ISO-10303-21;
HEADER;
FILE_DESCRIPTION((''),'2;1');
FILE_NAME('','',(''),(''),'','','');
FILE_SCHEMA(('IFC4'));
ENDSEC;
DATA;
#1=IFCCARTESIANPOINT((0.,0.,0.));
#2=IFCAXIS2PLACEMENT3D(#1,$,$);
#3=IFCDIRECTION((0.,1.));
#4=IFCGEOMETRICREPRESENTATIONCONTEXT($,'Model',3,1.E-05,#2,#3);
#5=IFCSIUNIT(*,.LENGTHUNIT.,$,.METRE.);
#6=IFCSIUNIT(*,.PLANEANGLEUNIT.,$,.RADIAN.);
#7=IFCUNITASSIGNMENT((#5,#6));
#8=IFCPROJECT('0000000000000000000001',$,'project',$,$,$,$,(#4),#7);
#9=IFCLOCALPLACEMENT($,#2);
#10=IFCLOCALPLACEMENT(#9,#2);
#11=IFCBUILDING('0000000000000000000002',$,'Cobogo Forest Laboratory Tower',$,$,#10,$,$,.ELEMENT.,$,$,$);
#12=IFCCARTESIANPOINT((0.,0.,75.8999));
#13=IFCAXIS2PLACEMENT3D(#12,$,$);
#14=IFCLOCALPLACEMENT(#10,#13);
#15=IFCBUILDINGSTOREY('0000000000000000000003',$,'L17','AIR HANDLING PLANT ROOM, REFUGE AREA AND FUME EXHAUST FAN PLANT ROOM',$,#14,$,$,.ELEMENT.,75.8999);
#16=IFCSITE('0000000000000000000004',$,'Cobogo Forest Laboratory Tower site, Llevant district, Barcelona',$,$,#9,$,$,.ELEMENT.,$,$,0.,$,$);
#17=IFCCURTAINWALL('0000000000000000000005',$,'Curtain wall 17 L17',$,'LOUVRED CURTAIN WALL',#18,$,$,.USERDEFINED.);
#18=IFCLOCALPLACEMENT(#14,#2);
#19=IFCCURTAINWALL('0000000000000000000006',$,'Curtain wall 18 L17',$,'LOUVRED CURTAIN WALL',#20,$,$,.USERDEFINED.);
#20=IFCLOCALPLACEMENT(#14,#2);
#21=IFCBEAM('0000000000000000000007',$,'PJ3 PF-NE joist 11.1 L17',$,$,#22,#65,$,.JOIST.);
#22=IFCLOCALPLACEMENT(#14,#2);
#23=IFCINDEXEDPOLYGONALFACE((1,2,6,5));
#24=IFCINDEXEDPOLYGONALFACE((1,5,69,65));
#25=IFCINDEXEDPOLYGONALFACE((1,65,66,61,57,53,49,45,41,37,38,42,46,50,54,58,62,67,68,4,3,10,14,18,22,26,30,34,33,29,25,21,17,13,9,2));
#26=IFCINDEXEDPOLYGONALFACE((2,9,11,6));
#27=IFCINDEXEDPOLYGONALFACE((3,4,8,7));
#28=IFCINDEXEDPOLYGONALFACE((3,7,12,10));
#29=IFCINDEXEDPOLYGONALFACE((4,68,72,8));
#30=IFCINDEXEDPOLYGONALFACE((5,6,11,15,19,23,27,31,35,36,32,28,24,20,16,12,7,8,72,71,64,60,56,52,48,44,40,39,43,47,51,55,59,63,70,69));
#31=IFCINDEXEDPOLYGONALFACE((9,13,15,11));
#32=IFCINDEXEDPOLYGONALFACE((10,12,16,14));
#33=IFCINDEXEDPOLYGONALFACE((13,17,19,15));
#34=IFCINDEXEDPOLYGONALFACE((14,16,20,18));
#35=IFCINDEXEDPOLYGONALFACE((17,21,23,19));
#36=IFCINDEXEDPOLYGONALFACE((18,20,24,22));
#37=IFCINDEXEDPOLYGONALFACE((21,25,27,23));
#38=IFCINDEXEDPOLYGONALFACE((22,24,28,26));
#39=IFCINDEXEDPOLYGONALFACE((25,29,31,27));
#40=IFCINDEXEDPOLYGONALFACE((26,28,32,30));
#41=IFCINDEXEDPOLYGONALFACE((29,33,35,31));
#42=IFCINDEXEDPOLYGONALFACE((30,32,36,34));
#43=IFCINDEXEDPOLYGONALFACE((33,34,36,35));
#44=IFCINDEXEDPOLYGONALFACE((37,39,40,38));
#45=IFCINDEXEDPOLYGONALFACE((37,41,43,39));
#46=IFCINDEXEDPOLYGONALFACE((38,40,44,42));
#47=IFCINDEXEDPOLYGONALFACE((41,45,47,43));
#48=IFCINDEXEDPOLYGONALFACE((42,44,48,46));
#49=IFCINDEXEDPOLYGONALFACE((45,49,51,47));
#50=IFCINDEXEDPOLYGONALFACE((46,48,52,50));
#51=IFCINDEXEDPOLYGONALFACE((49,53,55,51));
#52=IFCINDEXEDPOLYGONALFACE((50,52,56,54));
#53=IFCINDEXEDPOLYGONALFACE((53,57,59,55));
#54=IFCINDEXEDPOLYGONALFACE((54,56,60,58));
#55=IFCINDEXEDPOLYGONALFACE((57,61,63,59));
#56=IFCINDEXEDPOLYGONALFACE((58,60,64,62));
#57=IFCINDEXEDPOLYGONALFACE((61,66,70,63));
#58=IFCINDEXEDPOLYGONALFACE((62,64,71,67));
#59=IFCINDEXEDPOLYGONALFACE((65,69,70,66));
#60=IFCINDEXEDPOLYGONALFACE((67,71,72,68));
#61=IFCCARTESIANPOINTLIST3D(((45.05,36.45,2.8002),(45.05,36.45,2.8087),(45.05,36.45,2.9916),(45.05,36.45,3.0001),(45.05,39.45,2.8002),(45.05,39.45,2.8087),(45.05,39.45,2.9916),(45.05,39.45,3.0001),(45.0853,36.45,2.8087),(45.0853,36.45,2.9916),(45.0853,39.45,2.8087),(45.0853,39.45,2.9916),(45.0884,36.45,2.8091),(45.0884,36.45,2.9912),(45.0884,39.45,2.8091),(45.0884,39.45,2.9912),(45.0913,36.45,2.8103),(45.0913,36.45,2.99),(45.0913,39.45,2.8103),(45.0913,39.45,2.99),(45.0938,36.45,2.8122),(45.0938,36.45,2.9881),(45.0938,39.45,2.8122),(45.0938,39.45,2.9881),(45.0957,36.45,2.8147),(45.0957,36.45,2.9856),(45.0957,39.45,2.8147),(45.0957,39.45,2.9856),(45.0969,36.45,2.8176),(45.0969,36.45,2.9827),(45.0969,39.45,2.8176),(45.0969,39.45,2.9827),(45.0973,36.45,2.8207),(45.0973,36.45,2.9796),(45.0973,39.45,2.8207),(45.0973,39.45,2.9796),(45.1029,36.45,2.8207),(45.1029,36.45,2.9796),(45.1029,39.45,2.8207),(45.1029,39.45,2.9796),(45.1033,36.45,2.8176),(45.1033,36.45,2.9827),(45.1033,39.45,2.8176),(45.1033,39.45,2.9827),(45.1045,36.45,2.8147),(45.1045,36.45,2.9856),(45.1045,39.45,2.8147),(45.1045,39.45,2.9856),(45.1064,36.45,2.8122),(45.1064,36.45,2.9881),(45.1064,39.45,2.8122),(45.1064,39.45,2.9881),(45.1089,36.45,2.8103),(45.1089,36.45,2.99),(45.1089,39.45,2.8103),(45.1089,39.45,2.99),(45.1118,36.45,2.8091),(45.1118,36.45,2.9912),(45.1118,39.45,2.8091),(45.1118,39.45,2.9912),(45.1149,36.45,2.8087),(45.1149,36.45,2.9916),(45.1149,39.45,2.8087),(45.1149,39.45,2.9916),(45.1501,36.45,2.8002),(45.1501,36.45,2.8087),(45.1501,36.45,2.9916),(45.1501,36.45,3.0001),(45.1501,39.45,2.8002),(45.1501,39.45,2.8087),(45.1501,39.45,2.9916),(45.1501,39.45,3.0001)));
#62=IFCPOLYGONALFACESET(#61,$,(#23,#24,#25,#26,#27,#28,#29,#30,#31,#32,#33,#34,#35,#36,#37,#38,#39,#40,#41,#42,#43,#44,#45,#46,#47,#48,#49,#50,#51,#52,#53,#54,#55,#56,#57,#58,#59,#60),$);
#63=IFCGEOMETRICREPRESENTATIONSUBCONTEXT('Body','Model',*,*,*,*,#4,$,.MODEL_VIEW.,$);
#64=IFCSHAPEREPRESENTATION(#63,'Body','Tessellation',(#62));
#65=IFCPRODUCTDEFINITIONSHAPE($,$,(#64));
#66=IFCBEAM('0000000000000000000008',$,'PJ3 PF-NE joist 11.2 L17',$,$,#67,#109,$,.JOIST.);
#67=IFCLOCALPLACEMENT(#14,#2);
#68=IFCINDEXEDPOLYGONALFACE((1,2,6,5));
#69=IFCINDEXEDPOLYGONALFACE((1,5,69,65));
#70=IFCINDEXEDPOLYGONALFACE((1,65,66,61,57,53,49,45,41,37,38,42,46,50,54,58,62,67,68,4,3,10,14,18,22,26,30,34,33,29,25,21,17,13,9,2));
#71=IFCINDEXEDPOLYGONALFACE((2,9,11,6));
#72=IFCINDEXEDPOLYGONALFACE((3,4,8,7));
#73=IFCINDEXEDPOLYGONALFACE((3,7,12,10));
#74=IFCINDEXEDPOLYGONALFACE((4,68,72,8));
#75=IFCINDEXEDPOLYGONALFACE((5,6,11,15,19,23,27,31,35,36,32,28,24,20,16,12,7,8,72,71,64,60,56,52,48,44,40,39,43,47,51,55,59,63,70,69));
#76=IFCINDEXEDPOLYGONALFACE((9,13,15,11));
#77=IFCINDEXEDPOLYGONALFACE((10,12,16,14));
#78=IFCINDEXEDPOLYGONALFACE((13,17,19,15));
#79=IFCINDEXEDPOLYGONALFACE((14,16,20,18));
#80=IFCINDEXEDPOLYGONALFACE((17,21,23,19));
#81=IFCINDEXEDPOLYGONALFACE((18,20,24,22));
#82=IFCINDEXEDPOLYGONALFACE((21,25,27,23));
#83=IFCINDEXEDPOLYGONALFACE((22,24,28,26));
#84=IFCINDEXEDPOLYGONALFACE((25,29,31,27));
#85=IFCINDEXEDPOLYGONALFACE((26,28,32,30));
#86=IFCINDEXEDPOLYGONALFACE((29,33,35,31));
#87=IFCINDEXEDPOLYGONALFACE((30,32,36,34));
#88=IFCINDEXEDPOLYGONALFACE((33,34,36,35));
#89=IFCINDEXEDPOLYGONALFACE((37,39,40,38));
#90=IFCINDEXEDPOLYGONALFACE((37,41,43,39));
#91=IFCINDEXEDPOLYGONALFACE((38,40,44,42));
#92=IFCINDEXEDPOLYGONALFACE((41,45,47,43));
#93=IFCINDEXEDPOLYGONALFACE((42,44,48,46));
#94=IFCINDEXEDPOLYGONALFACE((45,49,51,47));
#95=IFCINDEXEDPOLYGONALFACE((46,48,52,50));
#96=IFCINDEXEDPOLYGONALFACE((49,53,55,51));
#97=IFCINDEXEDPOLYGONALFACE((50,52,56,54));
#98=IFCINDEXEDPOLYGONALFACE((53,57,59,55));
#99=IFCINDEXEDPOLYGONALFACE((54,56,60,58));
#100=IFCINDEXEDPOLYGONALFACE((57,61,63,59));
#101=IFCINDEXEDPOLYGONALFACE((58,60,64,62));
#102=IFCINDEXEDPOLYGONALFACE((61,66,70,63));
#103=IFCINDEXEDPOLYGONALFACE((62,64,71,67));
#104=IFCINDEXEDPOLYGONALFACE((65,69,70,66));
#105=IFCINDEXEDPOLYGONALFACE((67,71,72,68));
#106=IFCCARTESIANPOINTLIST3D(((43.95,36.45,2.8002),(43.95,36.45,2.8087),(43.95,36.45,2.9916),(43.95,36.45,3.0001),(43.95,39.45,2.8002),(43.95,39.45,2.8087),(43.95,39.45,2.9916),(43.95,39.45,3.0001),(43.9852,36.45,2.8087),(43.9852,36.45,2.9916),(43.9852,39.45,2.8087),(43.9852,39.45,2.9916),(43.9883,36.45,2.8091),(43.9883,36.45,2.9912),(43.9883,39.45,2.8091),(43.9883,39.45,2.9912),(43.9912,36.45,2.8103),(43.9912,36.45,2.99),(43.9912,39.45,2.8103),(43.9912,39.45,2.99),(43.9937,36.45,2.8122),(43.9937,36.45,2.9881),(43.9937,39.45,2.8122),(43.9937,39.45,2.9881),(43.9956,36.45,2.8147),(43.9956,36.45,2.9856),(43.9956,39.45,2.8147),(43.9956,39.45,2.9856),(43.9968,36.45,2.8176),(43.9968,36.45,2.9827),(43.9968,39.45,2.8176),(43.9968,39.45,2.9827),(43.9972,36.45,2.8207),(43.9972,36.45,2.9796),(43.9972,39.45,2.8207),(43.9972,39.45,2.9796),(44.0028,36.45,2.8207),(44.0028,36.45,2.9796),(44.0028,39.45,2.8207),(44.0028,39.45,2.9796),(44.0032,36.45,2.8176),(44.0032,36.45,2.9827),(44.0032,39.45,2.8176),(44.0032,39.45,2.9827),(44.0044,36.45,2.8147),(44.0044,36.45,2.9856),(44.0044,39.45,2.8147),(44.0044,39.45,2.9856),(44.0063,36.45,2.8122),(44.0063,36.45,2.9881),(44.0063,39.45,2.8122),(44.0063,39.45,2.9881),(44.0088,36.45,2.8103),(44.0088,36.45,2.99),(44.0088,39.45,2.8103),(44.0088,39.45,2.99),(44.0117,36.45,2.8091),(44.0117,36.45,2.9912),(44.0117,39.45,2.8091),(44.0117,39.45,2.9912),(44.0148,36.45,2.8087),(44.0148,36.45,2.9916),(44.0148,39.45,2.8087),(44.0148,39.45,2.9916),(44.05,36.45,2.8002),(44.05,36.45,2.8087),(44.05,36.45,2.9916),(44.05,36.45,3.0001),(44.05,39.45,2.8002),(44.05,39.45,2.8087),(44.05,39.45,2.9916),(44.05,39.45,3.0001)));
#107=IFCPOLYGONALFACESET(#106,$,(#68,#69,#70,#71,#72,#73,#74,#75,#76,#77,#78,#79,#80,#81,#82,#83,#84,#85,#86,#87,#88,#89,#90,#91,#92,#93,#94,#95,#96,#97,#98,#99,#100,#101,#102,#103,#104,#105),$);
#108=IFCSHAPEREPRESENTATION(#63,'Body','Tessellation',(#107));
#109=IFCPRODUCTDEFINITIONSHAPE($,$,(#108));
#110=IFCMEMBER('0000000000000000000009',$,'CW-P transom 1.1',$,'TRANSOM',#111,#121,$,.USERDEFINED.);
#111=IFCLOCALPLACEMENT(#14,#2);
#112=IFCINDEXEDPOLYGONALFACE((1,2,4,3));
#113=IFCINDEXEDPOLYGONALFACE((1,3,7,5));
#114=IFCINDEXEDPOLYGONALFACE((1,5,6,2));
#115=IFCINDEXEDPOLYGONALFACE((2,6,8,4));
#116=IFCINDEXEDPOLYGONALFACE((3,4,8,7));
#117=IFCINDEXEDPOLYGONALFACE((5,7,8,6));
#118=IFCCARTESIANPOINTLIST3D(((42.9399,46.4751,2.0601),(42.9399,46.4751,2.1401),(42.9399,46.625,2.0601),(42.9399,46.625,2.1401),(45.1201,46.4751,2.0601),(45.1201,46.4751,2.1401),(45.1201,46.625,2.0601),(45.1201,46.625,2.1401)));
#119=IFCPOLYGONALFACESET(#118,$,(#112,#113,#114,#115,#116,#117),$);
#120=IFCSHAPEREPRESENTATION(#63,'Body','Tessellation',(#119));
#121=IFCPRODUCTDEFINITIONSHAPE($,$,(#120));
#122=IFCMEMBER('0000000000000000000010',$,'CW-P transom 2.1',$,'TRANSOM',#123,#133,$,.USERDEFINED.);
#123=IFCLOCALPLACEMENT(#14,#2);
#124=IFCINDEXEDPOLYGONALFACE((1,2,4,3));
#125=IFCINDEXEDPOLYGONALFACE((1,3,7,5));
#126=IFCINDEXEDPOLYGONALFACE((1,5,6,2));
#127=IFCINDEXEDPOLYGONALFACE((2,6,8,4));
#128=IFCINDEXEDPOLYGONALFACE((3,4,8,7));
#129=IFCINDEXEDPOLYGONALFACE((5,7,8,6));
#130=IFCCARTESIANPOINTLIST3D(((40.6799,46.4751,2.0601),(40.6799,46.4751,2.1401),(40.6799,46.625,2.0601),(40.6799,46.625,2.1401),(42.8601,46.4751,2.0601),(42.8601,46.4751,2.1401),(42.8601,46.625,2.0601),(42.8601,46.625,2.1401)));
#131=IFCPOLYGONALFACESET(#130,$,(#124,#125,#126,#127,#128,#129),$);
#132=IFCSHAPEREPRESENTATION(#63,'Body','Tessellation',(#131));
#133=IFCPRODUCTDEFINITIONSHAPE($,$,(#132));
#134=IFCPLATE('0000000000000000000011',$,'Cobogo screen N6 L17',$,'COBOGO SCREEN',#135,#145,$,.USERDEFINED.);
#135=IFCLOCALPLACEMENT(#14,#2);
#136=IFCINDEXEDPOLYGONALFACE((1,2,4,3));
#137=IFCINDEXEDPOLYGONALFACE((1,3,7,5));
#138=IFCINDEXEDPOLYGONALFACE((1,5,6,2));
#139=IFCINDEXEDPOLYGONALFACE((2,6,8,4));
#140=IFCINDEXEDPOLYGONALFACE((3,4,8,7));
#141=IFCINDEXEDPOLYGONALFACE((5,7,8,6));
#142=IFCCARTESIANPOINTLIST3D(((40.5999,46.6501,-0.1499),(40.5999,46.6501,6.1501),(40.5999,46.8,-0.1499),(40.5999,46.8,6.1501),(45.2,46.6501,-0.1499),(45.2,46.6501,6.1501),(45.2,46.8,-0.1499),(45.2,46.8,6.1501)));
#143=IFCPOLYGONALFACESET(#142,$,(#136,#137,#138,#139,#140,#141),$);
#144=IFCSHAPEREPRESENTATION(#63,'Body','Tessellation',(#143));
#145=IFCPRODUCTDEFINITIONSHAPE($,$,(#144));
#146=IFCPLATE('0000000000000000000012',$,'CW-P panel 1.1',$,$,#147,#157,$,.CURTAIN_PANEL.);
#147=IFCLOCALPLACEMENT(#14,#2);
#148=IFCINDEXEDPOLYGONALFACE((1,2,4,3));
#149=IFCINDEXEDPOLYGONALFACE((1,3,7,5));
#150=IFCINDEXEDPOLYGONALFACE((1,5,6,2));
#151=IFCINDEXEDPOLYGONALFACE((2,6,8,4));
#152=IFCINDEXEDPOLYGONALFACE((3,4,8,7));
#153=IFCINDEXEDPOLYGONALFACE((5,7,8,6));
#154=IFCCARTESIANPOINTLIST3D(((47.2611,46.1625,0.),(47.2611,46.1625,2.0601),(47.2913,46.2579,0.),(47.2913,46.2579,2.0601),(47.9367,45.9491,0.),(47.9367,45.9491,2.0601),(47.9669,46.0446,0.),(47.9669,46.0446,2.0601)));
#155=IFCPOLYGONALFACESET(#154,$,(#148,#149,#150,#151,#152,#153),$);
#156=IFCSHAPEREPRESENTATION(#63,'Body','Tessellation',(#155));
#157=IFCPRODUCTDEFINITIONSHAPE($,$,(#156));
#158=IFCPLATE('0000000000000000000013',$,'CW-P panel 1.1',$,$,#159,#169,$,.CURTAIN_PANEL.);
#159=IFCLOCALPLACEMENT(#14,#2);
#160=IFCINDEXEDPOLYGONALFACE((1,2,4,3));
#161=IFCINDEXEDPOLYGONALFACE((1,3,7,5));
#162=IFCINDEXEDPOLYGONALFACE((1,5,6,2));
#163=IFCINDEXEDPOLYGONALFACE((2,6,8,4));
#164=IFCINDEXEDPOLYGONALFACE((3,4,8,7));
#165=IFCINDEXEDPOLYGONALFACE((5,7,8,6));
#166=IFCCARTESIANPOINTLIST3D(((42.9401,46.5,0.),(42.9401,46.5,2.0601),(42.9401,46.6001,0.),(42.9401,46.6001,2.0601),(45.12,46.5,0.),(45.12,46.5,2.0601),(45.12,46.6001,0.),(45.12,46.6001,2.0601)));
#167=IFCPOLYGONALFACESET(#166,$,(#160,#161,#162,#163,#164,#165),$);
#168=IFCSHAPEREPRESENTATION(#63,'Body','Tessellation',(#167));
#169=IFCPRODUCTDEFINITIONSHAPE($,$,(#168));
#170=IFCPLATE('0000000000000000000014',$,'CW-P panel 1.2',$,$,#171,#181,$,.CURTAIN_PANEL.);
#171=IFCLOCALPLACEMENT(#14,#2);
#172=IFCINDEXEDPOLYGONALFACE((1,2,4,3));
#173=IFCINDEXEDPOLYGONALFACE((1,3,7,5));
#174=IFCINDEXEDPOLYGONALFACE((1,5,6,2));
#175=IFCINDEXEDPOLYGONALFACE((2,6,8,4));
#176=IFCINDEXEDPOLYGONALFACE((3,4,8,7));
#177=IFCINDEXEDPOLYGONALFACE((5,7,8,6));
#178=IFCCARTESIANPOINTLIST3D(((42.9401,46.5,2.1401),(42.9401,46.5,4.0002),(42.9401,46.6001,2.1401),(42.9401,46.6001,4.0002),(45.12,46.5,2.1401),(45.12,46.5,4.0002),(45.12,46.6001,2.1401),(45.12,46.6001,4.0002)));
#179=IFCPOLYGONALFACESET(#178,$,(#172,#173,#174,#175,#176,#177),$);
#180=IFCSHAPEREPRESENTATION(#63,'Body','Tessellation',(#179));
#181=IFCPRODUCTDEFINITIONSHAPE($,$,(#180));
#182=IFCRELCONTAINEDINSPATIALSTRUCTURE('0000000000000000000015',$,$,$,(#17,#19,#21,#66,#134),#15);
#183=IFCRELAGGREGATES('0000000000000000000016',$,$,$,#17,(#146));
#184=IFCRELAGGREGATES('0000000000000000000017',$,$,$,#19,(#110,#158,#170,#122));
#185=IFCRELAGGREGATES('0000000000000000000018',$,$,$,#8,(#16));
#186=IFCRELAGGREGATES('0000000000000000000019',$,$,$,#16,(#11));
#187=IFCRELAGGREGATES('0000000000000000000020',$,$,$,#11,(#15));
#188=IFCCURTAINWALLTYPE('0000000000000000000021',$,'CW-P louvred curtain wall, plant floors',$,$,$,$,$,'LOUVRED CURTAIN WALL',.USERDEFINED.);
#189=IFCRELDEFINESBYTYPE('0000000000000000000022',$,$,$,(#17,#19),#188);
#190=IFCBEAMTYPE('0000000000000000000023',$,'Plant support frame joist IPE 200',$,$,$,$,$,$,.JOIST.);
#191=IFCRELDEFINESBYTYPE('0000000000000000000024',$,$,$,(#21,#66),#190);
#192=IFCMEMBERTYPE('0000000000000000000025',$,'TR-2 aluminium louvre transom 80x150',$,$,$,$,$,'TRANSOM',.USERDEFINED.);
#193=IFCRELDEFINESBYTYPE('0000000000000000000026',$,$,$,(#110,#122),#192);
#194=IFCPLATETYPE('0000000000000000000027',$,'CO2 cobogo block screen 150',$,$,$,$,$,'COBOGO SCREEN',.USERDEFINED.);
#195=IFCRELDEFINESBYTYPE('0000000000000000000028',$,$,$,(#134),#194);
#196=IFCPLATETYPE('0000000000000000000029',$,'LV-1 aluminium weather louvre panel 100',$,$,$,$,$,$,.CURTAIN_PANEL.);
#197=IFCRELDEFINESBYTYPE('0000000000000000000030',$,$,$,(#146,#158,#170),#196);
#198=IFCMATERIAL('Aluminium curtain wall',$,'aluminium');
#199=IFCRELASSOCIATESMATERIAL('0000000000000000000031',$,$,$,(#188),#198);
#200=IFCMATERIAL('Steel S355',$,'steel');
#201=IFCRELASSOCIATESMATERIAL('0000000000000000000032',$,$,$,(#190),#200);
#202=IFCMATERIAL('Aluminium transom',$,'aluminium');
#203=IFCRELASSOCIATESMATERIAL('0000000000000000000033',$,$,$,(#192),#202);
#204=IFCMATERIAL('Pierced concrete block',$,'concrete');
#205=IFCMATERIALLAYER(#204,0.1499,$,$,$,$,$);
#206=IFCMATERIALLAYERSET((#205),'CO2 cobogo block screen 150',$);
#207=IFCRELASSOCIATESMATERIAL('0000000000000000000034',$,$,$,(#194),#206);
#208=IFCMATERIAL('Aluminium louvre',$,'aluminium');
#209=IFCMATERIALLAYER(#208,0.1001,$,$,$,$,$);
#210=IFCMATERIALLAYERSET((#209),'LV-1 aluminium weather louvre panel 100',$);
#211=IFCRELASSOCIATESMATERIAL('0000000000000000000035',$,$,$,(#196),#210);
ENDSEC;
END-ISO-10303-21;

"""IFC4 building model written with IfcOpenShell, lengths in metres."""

from ifc_helpers import new_model, si_unit, direction, frame, origin, origin_2d, place, context, subcontext, project, spatial, rectangle, i_section, extrude, material, layer, layer_set, material_profile, profile_set, type_object, element, aggregate, save


model = new_model("IFC4")

# Units and contexts
model_context = context("Model", 3, precision=1e-05, world=origin(), true_north=direction((0.0, 1.0)))
body_context = subcontext(model_context, "Body", "Model", "MODEL_VIEW")
ifc_project = project(units=[si_unit("LENGTHUNIT", "METRE"), si_unit("PLANEANGLEUNIT", "RADIAN")], contexts=[model_context])

# Site, building, storey
site_placement = place(None, origin())
site = spatial("IfcSite", under=ifc_project, at=site_placement, Name="Cobogo Forest Laboratory Tower site, Llevant district, Barcelona", CompositionType="ELEMENT", RefElevation=0.0)
building_placement = place(site_placement, origin())
building = spatial("IfcBuilding", under=site, at=building_placement, Name="Cobogo Forest Laboratory Tower", CompositionType="ELEMENT")
storey_placement = place(building_placement, frame((0.0, 0.0, 75.8999)))
storey = spatial("IfcBuildingStorey", under=building, at=storey_placement, Name="L17", Description="AIR HANDLING PLANT ROOM, REFUGE AREA AND FUME EXHAUST FAN PLANT ROOM", CompositionType="ELEMENT", Elevation=75.8999)

# Curtain wall
ifc_material_1 = material(Name="Aluminium curtain wall", Category="aluminium")
curtain_wall_type = type_object("IfcCurtainWallType", Name="CW-P louvred curtain wall, plant floors", ElementType="LOUVRED CURTAIN WALL", PredefinedType="USERDEFINED", material=ifc_material_1)
curtain_wall_1_placement = place(storey_placement, origin())
curtain_wall_1 = element("IfcCurtainWall", 1, at=curtain_wall_1_placement, inside=storey, type_object=curtain_wall_type, Name="Curtain wall 17 L17", ObjectType="LOUVRED CURTAIN WALL", PredefinedType="USERDEFINED")

# Curtain wall
curtain_wall_2_placement = place(storey_placement, origin())
curtain_wall_2 = element("IfcCurtainWall", 2, at=curtain_wall_2_placement, inside=storey, type_object=curtain_wall_type, Name="Curtain wall 18 L17", ObjectType="LOUVRED CURTAIN WALL", PredefinedType="USERDEFINED")

# Shared definitions
ifc_material_2 = material(Name="Steel S355", Category="steel")

# Beams
ifc_material_profile_1 = material_profile(ifc_material_2, i_section(OverallWidth=0.1001, OverallDepth=0.2, WebThickness=0.0056, FlangeThickness=0.0085, FilletRadius=0.012, at=origin_2d()), Name="IPE 200")
ifc_profile_set_1 = profile_set([ifc_material_profile_1], Name="Steel S355")
beam_type_1 = type_object("IfcBeamType", Name="Plant support frame joist IPE 200", PredefinedType="JOIST", material=ifc_profile_set_1)
for number, where, z_axis, x_axis, name in (
    (3, (45.1001, 39.45, 2.9001), (0.0, -1.0, 0.0), (1.0, 0.0, 0.0), "PJ3 PF-NE joist 11.1 L17"),
    (4, (44.0, 39.45, 2.9001), (0.0, -1.0, 0.0), (1.0, 0.0, 0.0), "PJ3 PF-NE joist 11.2 L17"),
):
    element("IfcBeam", number, at=place(storey_placement, frame(where, z_axis=z_axis, x_axis=x_axis)), inside=storey, type_object=beam_type_1, Name=name, PredefinedType="JOIST", context=body_context, shape_type="SweptSolid", body=[
        extrude(i_section(OverallWidth=0.1001, OverallDepth=0.2, WebThickness=0.0056, FlangeThickness=0.0085, FilletRadius=0.012, at=origin_2d()), origin(), (0.0, 0.0, 1.0), 3.0),
    ])

# Members
ifc_material_3 = material(Name="Aluminium transom", Category="aluminium")
ifc_material_profile_2 = material_profile(ifc_material_3, rectangle(XDim=0.1499, YDim=0.0801, at=origin_2d()), Name="AL 80x150")
ifc_profile_set_2 = profile_set([ifc_material_profile_2], Name="Aluminium transom")
member_type_1 = type_object("IfcMemberType", Name="TR-2 aluminium louvre transom 80x150", ElementType="TRANSOM", PredefinedType="USERDEFINED", material=ifc_profile_set_2)
member_1_placement = place(storey_placement, frame((45.1201, 46.55, 2.1001), z_axis=(-1.0, 0.0, 0.0), x_axis=(0.0, -1.0, 0.0)))
member_1 = element("IfcMember", 5, at=member_1_placement, type_object=member_type_1, Name="CW-P transom 1.1", ObjectType="TRANSOM", PredefinedType="USERDEFINED", context=body_context, shape_type="SweptSolid", body=[
    extrude(rectangle(XDim=0.1499, YDim=0.0801, at=origin_2d()), origin(), (0.0, 0.0, 1.0), 2.1802),
])
member_2_placement = place(storey_placement, frame((42.8601, 46.55, 2.1001), z_axis=(-1.0, 0.0, 0.0), x_axis=(0.0, -1.0, 0.0)))
member_2 = element("IfcMember", 6, at=member_2_placement, type_object=member_type_1, Name="CW-P transom 2.1", ObjectType="TRANSOM", PredefinedType="USERDEFINED", context=body_context, shape_type="SweptSolid", body=[
    extrude(rectangle(XDim=0.1499, YDim=0.0801, at=origin_2d()), origin(), (0.0, 0.0, 1.0), 2.1802),
])

# Plates
ifc_material_4 = material(Name="Pierced concrete block", Category="concrete")
ifc_layer_1 = layer(ifc_material_4, 0.1499)
ifc_layer_set_1 = layer_set([ifc_layer_1], Name="CO2 cobogo block screen 150")
plate_type_1 = type_object("IfcPlateType", Name="CO2 cobogo block screen 150", ElementType="COBOGO SCREEN", PredefinedType="USERDEFINED", material=ifc_layer_set_1)
plate_1_placement = place(storey_placement, frame((42.8999, 46.7251, -0.1499), z_axis=(0.0, 0.0, 1.0), x_axis=(1.0, 0.0, 0.0)))
element("IfcPlate", 7, at=plate_1_placement, inside=storey, type_object=plate_type_1, Name="Cobogo screen N6 L17", ObjectType="COBOGO SCREEN", PredefinedType="USERDEFINED", context=body_context, shape_type="SweptSolid", body=[
    extrude(rectangle(XDim=4.6001, YDim=0.1499, at=origin_2d()), origin(), (0.0, 0.0, 1.0), 6.3),
])
ifc_material_5 = material(Name="Aluminium louvre", Category="aluminium")
ifc_layer_2 = layer(ifc_material_5, 0.1001)
ifc_layer_set_2 = layer_set([ifc_layer_2], Name="LV-1 aluminium weather louvre panel 100")
plate_type_2 = type_object("IfcPlateType", Name="LV-1 aluminium weather louvre panel 100", PredefinedType="CURTAIN_PANEL", material=ifc_layer_set_2)
plate_2_placement = place(storey_placement, frame((47.614, 46.1035, 0.0), z_axis=(0.0, 0.0, 1.0), x_axis=(-0.953581, 0.301136, 0.0)))
plate_2 = element("IfcPlate", 8, at=plate_2_placement, type_object=plate_type_2, Name="CW-P panel 1.1", PredefinedType="CURTAIN_PANEL", context=body_context, shape_type="SweptSolid", body=[
    extrude(rectangle(XDim=0.7085, YDim=0.1001, at=origin_2d()), origin(), (0.0, 0.0, 1.0), 2.0601),
])
aggregate(curtain_wall_1, [plate_2])
plate_3_placement = place(storey_placement, frame((44.03, 46.55, 0.0), z_axis=(0.0, 0.0, 1.0), x_axis=(-1.0, 0.0, 0.0)))
plate_3 = element("IfcPlate", 9, at=plate_3_placement, type_object=plate_type_2, Name="CW-P panel 1.1", PredefinedType="CURTAIN_PANEL", context=body_context, shape_type="SweptSolid", body=[
    extrude(rectangle(XDim=2.1799, YDim=0.1001, at=origin_2d()), origin(), (0.0, 0.0, 1.0), 2.0601),
])
plate_4_placement = place(storey_placement, frame((44.03, 46.55, 2.1401), z_axis=(0.0, 0.0, 1.0), x_axis=(-1.0, 0.0, 0.0)))
plate_4 = element("IfcPlate", 10, at=plate_4_placement, type_object=plate_type_2, Name="CW-P panel 1.2", PredefinedType="CURTAIN_PANEL", context=body_context, shape_type="SweptSolid", body=[
    extrude(rectangle(XDim=2.1799, YDim=0.1001, at=origin_2d()), origin(), (0.0, 0.0, 1.0), 1.8601),
])
aggregate(curtain_wall_2, [member_1, plate_3, plate_4, member_2])

save(model, "model.ifc")
